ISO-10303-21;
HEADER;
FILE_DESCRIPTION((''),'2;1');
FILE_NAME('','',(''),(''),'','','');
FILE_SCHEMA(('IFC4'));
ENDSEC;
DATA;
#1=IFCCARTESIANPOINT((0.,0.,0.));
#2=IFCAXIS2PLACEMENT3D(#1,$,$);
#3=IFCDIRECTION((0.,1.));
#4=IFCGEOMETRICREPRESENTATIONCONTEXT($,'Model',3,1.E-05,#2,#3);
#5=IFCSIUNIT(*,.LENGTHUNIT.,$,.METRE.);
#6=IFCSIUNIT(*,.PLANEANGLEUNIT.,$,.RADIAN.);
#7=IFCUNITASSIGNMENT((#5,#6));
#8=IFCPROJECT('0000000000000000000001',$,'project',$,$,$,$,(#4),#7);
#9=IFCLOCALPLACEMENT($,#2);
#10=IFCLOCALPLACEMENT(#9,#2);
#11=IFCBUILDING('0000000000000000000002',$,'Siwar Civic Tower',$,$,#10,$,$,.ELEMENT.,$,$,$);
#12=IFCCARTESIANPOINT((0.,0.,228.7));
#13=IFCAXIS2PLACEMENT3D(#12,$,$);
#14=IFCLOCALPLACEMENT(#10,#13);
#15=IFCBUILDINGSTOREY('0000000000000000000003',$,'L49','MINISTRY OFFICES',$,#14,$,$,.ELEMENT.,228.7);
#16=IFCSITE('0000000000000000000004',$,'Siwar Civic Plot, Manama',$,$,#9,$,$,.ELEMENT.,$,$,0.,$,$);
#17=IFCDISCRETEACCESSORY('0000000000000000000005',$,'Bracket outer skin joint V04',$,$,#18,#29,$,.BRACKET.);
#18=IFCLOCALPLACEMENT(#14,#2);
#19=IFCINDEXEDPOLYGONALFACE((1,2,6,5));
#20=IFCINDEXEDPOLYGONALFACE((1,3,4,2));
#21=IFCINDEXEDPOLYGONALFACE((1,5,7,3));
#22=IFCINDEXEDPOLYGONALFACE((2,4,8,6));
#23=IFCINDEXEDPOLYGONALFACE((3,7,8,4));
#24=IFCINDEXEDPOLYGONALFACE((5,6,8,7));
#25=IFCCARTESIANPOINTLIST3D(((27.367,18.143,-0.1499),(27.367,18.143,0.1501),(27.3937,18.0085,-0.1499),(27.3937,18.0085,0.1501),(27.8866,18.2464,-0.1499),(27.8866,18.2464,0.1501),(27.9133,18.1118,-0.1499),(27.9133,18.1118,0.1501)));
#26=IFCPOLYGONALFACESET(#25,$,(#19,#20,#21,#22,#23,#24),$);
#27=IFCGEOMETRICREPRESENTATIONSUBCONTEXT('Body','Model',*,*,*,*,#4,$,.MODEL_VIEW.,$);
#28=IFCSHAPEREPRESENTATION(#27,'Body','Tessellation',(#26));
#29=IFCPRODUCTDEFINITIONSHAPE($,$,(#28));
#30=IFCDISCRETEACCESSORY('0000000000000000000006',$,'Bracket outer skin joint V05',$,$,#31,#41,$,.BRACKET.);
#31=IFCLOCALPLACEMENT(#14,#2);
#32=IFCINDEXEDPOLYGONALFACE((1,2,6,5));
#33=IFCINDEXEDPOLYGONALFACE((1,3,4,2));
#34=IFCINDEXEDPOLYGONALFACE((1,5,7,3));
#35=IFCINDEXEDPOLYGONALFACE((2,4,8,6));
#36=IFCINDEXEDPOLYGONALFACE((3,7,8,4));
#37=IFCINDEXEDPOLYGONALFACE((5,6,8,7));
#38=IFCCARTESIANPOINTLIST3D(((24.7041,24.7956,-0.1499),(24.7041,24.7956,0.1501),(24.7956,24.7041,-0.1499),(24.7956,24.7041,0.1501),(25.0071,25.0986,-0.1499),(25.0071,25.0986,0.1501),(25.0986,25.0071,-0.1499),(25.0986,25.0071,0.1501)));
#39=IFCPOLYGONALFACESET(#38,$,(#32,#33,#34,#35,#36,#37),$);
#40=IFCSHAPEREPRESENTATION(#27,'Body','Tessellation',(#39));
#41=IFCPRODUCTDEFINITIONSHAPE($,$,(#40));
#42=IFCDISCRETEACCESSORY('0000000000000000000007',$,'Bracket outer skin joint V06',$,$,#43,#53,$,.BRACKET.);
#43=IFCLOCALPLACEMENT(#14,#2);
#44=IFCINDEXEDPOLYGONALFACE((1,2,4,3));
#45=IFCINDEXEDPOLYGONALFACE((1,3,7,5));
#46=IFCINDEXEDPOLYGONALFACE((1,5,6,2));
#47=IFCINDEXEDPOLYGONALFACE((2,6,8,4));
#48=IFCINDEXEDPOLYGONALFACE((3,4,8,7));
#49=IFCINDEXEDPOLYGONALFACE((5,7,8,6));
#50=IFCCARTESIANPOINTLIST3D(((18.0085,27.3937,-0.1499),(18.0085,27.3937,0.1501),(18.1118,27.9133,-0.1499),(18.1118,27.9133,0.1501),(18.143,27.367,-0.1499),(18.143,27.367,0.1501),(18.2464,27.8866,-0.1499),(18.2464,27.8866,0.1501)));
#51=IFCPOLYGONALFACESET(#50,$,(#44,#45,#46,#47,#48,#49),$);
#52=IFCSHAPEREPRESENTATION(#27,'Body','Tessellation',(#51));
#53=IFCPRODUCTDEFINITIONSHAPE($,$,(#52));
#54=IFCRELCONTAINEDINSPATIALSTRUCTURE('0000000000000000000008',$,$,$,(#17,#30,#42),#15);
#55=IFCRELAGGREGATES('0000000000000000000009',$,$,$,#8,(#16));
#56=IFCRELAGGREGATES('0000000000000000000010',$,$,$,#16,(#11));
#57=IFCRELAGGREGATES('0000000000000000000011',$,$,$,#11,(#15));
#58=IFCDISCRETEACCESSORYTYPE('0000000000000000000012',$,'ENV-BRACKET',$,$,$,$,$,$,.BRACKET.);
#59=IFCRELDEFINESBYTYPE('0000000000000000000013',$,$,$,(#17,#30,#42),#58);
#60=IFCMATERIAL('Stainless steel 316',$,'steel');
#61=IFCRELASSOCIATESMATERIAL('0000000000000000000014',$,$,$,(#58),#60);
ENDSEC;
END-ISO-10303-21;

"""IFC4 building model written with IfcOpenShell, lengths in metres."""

from ifc_helpers import new_model, si_unit, direction, frame, origin, origin_2d, place, context, subcontext, project, spatial, rectangle, extrude, material, type_object, element, save


model = new_model("IFC4")

# Units and contexts
model_context = context("Model", 3, precision=1e-05, world=origin(), true_north=direction((0.0, 1.0)))
body_context = subcontext(model_context, "Body", "Model", "MODEL_VIEW")
ifc_project = project(units=[si_unit("LENGTHUNIT", "METRE"), si_unit("PLANEANGLEUNIT", "RADIAN")], contexts=[model_context])

# Site, building, storey
site_placement = place(None, origin())
site = spatial("IfcSite", under=ifc_project, at=site_placement, Name="Siwar Civic Plot, Manama", CompositionType="ELEMENT", RefElevation=0.0)
building_placement = place(site_placement, origin())
building = spatial("IfcBuilding", under=site, at=building_placement, Name="Siwar Civic Tower", CompositionType="ELEMENT")
storey_placement = place(building_placement, frame((0.0, 0.0, 228.7)))
storey = spatial("IfcBuildingStorey", under=building, at=storey_placement, Name="L49", Description="MINISTRY OFFICES", CompositionType="ELEMENT", Elevation=228.7)

# Discrete accessories
ifc_material_1 = material(Name="Stainless steel 316", Category="steel")
discrete_accessory_type = type_object("IfcDiscreteAccessoryType", Name="ENV-BRACKET", PredefinedType="BRACKET", material=ifc_material_1)
discrete_accessory_1_placement = place(storey_placement, frame((27.6401, 18.1274, -0.1499), z_axis=(0.0, 0.0, 1.0), x_axis=(0.980785, 0.19509, 0.0)))
element("IfcDiscreteAccessory", 1, at=discrete_accessory_1_placement, inside=storey, type_object=discrete_accessory_type, Name="Bracket outer skin joint V04", PredefinedType="BRACKET", context=body_context, shape_type="SweptSolid", body=[
    extrude(rectangle(XDim=0.5298, YDim=0.1372, at=origin_2d()), origin(), (0.0, 0.0, 1.0), 0.3),
])
discrete_accessory_2_placement = place(storey_placement, frame((24.9014, 24.9014, -0.1499), z_axis=(0.0, 0.0, 1.0), x_axis=(0.707107, 0.707107, 0.0)))
element("IfcDiscreteAccessory", 2, at=discrete_accessory_2_placement, inside=storey, type_object=discrete_accessory_type, Name="Bracket outer skin joint V05", PredefinedType="BRACKET", context=body_context, shape_type="SweptSolid", body=[
    extrude(rectangle(XDim=0.4285, YDim=0.1294, at=origin_2d()), origin(), (0.0, 0.0, 1.0), 0.3),
])
discrete_accessory_3_placement = place(storey_placement, frame((18.1274, 27.6401, -0.1499), z_axis=(0.0, 0.0, 1.0), x_axis=(0.19509, 0.980785, 0.0)))
element("IfcDiscreteAccessory", 3, at=discrete_accessory_3_placement, inside=storey, type_object=discrete_accessory_type, Name="Bracket outer skin joint V06", PredefinedType="BRACKET", context=body_context, shape_type="SweptSolid", body=[
    extrude(rectangle(XDim=0.5298, YDim=0.1372, at=origin_2d()), origin(), (0.0, 0.0, 1.0), 0.3),
])

save(model, "model.ifc")
